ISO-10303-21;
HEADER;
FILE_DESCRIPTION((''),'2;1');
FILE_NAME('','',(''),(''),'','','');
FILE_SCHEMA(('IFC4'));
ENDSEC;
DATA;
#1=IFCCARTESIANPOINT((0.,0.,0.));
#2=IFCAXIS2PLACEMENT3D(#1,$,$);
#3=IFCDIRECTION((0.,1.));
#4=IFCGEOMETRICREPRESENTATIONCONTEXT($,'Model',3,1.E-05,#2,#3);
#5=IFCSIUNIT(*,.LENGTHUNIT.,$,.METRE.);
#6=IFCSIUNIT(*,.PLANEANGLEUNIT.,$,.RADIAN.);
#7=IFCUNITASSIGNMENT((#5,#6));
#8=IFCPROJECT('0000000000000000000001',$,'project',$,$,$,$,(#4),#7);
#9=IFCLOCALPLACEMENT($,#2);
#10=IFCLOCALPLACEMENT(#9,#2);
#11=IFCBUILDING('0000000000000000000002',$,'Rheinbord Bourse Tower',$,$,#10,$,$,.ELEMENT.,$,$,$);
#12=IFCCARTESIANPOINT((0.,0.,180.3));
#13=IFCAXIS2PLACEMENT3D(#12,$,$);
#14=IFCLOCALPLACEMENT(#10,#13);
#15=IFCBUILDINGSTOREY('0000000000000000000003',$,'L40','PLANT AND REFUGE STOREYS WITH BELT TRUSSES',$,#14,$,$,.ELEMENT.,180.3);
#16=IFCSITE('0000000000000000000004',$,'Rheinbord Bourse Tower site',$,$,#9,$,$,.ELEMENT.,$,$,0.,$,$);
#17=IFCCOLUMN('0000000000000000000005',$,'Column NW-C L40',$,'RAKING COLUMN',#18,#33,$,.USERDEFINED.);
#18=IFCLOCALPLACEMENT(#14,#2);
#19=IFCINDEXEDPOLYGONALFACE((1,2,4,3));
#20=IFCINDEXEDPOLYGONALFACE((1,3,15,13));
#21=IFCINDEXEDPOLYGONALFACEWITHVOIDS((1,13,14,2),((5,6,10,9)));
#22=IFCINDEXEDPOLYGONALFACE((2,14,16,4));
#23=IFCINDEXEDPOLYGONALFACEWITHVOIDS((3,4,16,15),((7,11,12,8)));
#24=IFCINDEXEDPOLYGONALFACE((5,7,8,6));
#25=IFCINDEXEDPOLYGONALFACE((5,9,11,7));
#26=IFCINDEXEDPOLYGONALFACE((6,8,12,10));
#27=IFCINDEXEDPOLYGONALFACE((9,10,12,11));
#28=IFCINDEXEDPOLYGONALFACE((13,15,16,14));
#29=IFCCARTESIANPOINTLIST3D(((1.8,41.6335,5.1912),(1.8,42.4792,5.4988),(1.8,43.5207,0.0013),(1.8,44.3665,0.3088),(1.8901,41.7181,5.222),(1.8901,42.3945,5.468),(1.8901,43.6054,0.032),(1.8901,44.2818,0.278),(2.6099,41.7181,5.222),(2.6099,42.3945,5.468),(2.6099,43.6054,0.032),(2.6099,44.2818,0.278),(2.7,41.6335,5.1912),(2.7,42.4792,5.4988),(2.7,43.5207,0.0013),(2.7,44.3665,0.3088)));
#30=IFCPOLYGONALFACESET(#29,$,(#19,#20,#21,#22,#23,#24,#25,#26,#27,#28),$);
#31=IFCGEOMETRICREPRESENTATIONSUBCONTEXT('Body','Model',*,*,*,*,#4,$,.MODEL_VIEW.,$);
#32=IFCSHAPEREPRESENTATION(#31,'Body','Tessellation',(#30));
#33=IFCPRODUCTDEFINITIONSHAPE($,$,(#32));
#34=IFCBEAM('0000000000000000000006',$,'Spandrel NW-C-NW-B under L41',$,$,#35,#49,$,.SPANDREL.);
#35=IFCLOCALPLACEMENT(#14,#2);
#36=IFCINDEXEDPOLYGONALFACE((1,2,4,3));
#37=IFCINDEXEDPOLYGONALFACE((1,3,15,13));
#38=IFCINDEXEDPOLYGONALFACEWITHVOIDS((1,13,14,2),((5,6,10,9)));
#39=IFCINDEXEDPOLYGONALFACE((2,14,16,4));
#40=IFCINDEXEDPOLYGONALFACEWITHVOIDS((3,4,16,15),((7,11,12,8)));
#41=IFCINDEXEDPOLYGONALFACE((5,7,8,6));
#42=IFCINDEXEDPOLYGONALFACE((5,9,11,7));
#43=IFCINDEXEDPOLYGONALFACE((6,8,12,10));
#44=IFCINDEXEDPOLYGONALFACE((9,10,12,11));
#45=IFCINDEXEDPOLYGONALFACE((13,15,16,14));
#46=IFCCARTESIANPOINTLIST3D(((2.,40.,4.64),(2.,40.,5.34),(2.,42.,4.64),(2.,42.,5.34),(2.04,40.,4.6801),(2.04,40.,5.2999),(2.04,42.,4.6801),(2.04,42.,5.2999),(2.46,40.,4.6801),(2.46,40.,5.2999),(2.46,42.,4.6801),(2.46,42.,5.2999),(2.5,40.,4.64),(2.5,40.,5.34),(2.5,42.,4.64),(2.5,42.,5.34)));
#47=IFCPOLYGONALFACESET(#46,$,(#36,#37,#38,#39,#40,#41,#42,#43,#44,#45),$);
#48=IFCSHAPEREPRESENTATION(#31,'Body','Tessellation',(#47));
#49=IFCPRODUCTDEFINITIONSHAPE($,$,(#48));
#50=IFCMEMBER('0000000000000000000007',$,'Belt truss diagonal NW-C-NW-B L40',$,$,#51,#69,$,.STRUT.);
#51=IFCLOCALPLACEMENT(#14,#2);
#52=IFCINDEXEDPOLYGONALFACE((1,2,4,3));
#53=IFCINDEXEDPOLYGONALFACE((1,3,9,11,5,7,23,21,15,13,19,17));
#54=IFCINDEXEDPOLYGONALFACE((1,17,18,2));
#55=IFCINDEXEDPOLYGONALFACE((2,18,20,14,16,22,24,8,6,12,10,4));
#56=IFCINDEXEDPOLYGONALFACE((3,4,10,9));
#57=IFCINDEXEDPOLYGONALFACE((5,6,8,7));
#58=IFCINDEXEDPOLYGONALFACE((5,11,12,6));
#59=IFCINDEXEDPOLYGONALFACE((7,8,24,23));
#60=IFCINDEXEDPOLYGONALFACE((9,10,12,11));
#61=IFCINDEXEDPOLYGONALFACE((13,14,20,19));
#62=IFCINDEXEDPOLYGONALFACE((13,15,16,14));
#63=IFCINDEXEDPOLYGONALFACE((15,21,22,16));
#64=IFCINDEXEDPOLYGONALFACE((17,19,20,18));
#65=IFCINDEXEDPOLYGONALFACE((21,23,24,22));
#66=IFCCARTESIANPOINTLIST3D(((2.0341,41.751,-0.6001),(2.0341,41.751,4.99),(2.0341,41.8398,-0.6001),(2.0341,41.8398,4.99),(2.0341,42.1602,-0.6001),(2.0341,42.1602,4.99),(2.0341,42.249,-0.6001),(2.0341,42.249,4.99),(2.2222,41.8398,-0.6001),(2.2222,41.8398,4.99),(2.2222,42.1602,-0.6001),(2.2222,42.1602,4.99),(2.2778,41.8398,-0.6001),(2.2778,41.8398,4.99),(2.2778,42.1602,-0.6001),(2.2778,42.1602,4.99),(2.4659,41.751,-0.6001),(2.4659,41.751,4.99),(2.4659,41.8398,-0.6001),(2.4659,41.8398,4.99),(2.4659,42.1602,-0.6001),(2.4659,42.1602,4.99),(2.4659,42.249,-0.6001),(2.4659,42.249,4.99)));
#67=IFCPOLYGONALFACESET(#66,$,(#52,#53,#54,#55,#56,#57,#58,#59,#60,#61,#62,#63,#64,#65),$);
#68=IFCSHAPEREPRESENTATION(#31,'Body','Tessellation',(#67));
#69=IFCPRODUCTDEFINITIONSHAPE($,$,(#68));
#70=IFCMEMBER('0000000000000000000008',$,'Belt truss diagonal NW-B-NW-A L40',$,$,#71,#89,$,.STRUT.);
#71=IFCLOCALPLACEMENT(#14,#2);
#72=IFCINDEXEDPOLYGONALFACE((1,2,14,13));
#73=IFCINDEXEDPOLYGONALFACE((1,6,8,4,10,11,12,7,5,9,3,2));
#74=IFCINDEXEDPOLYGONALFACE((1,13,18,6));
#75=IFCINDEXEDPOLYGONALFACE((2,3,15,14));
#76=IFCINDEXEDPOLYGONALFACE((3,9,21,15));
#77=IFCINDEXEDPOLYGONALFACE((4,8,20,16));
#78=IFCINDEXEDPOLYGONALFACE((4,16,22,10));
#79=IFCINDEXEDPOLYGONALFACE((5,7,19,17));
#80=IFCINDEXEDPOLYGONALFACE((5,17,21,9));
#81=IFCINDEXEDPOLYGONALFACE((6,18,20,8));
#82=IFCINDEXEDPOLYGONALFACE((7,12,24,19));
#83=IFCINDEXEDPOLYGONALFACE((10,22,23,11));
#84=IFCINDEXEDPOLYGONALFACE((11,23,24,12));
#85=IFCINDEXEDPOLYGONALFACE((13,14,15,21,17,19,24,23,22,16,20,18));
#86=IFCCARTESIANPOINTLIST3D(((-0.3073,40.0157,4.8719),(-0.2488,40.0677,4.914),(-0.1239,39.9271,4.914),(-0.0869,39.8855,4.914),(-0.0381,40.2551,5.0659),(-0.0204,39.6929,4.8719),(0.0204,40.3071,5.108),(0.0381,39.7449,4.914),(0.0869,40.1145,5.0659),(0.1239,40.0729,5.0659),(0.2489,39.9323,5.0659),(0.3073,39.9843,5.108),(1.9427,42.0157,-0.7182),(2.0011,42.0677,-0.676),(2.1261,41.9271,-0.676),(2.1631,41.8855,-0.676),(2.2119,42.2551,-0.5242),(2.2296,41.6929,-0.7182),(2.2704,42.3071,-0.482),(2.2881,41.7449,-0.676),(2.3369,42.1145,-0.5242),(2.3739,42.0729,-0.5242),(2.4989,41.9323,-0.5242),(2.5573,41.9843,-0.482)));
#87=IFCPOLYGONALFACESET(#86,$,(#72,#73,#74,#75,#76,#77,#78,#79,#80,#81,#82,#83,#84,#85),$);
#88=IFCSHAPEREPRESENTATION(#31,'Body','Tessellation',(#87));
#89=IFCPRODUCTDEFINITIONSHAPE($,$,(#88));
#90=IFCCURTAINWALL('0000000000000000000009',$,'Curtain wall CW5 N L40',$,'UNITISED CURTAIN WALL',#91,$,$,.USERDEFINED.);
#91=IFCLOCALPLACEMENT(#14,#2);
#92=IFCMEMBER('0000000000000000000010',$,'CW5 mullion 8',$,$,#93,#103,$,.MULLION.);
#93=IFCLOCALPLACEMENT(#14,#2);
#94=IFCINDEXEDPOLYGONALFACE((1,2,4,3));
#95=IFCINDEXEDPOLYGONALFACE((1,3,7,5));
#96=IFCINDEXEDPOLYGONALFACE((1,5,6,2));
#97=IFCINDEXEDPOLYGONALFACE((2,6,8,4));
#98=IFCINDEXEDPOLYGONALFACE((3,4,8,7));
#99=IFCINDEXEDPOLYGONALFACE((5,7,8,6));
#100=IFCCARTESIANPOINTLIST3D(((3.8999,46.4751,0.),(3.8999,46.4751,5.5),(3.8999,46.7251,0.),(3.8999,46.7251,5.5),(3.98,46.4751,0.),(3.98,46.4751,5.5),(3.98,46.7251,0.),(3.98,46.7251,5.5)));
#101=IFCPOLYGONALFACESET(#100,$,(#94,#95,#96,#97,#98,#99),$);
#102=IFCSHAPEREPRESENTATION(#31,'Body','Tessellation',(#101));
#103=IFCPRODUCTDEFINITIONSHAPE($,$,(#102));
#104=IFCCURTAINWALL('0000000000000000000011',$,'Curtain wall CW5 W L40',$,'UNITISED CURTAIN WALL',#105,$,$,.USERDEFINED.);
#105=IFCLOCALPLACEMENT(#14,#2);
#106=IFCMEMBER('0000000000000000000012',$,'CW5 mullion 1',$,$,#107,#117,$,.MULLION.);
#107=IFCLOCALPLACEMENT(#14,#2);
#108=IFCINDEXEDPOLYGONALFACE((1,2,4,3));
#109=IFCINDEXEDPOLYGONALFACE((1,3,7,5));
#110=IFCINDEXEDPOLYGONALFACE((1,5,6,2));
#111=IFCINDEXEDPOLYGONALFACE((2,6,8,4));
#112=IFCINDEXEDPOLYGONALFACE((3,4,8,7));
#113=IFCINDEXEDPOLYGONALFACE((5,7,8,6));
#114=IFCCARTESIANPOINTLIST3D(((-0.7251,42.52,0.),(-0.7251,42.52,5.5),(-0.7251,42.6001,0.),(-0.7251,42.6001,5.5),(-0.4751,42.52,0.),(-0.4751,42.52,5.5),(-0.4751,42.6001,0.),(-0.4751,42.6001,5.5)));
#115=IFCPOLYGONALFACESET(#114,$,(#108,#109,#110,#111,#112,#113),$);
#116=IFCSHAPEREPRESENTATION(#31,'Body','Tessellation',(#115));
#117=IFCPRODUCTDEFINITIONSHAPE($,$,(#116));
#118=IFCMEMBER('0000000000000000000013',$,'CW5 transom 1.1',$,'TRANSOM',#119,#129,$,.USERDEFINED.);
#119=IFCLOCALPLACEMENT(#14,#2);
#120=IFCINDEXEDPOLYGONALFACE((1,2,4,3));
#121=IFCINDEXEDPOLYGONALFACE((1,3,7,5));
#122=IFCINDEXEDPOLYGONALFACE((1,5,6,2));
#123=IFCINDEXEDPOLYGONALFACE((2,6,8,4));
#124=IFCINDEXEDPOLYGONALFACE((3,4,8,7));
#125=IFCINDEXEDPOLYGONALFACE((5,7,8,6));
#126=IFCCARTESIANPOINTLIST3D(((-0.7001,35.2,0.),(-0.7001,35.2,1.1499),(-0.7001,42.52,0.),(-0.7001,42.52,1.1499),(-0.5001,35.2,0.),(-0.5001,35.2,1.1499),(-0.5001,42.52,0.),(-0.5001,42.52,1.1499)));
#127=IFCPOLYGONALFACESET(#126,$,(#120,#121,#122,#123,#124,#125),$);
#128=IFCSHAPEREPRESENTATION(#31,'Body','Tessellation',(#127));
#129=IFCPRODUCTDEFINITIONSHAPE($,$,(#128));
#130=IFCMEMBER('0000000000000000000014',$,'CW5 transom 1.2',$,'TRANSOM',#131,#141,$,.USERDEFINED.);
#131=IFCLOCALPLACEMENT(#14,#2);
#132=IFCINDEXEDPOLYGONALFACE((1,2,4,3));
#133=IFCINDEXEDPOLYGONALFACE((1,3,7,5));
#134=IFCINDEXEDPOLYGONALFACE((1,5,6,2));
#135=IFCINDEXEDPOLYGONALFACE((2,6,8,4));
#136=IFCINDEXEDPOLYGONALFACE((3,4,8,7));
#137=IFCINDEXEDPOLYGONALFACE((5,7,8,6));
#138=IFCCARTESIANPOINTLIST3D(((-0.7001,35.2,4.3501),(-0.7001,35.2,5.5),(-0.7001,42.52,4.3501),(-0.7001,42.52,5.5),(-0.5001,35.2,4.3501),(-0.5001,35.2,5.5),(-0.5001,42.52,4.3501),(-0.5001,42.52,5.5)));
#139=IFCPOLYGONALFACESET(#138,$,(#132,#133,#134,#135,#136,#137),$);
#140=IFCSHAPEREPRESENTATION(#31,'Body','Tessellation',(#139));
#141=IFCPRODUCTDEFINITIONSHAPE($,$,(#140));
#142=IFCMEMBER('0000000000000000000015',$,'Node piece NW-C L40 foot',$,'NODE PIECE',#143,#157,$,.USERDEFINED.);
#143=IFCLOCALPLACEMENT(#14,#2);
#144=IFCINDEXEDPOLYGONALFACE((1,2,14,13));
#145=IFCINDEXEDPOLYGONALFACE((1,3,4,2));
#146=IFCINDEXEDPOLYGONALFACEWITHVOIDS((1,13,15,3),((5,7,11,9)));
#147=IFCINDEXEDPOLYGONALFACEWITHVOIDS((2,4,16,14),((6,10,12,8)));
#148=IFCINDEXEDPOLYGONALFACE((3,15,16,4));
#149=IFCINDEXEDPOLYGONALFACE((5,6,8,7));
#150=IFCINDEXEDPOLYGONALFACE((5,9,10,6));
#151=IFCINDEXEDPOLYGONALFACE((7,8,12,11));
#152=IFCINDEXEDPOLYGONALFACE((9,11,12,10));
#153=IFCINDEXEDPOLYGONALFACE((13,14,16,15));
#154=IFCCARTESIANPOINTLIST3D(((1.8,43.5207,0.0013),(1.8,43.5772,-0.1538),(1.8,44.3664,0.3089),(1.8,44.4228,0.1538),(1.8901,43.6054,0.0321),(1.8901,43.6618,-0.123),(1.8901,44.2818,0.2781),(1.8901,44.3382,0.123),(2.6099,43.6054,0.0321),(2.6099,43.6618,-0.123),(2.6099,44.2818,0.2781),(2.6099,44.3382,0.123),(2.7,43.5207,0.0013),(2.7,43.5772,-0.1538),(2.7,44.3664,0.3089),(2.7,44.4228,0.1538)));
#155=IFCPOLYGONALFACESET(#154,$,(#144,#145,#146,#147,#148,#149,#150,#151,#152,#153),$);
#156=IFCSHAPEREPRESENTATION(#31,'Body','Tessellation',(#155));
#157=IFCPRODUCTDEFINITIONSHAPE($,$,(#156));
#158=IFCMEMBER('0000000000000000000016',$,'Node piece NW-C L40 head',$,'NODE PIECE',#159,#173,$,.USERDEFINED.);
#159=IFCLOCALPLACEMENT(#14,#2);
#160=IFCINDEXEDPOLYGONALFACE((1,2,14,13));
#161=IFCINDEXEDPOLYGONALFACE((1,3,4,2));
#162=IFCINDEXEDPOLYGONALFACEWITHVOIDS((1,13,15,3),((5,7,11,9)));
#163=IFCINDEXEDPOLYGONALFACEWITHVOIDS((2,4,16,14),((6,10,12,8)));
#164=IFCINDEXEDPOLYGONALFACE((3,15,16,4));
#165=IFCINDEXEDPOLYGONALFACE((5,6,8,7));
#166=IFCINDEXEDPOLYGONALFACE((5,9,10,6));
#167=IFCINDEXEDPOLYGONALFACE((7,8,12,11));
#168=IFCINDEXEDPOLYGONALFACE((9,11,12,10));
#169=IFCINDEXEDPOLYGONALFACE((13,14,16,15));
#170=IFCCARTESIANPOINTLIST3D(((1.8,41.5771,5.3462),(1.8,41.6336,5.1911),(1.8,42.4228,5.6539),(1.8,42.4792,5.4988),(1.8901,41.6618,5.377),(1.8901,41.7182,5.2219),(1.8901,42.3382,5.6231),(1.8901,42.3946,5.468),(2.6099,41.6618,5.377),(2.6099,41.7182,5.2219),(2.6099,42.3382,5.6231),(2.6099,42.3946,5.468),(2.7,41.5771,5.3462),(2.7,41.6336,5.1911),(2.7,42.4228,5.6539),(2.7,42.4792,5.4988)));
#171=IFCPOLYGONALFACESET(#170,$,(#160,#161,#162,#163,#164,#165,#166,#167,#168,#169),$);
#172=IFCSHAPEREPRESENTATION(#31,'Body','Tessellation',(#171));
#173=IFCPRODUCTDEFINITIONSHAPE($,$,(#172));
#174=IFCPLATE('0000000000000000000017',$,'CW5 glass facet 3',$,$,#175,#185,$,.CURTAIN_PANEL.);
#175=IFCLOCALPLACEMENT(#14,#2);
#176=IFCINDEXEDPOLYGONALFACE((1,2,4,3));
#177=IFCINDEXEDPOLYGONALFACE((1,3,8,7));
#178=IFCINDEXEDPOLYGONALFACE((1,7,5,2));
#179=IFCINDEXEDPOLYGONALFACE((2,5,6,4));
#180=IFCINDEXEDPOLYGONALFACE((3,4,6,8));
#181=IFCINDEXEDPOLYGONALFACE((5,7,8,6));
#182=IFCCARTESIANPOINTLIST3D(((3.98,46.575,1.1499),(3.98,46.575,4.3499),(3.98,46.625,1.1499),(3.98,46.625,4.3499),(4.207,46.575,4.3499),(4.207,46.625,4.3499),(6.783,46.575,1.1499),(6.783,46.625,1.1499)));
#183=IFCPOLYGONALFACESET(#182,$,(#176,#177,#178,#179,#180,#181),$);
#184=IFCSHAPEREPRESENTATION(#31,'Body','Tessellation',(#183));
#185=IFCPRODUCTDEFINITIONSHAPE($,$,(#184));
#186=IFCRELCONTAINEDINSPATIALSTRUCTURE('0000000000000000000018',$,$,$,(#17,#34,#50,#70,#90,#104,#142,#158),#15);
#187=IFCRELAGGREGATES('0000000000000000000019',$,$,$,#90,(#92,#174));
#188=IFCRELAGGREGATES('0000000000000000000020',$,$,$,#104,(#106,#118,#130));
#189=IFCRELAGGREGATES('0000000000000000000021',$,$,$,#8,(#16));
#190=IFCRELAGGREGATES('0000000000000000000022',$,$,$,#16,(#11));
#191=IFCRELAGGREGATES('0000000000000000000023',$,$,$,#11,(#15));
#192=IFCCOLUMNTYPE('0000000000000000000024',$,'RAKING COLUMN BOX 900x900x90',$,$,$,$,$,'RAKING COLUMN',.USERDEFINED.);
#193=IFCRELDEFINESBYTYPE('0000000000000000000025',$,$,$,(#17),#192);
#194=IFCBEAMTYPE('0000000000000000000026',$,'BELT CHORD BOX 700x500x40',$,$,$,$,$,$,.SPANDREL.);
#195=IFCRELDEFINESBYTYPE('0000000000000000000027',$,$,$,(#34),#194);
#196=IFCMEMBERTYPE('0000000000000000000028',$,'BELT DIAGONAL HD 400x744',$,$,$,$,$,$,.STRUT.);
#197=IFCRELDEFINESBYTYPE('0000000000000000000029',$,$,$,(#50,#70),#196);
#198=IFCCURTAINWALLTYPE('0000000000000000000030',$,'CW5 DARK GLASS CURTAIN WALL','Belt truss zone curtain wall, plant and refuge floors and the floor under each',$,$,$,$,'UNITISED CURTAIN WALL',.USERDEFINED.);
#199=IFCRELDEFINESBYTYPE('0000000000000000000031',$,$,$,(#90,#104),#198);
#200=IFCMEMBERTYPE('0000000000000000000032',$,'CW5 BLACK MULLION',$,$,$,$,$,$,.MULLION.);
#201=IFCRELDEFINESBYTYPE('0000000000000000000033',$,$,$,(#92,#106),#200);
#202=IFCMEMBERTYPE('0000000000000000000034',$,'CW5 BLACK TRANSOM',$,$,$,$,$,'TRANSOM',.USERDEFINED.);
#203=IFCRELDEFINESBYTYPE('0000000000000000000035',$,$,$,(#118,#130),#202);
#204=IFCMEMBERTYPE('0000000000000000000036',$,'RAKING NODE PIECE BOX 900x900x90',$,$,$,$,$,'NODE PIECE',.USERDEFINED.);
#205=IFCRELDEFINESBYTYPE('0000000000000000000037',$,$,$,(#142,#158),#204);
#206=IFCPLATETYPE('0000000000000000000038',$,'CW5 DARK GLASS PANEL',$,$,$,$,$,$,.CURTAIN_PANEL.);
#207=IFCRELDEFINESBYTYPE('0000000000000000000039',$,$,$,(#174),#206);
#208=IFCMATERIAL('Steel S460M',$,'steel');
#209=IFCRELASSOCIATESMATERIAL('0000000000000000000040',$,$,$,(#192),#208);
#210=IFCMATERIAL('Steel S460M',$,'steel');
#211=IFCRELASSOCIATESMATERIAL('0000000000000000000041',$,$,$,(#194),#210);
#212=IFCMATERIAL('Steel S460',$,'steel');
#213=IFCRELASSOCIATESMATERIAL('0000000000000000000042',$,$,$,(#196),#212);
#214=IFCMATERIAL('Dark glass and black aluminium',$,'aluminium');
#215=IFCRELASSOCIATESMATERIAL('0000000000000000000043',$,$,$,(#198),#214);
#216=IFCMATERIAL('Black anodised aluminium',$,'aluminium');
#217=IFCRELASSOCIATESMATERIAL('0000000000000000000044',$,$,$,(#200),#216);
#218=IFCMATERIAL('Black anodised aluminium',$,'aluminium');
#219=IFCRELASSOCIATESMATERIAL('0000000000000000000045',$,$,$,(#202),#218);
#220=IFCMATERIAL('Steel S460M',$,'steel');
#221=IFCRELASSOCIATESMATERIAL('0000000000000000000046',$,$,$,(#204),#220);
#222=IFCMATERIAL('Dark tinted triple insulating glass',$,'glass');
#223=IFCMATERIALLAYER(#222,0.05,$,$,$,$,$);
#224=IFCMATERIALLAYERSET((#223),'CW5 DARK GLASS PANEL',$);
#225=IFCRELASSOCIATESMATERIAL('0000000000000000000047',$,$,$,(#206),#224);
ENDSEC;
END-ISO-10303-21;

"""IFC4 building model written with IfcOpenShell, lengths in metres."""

from ifc_helpers import new_model, si_unit, direction, frame, origin, origin_2d, place, context, subcontext, project, spatial, polyline, rectangle, hollow_rectangle, i_section, outline, extrude, material, layer, layer_set, material_profile, profile_set, type_object, element, aggregate, save


model = new_model("IFC4")

# Units and contexts
model_context = context("Model", 3, precision=1e-05, world=origin(), true_north=direction((0.0, 1.0)))
body_context = subcontext(model_context, "Body", "Model", "MODEL_VIEW")
ifc_project = project(units=[si_unit("LENGTHUNIT", "METRE"), si_unit("PLANEANGLEUNIT", "RADIAN")], contexts=[model_context])

# Site, building, storey
site_placement = place(None, origin())
site = spatial("IfcSite", under=ifc_project, at=site_placement, Name="Rheinbord Bourse Tower site", CompositionType="ELEMENT", RefElevation=0.0)
building_placement = place(site_placement, origin())
building = spatial("IfcBuilding", under=site, at=building_placement, Name="Rheinbord Bourse Tower", CompositionType="ELEMENT")
storey_placement = place(building_placement, frame((0.0, 0.0, 180.3)))
storey = spatial("IfcBuildingStorey", under=building, at=storey_placement, Name="L40", Description="PLANT AND REFUGE STOREYS WITH BELT TRUSSES", CompositionType="ELEMENT", Elevation=180.3)

# Column
ifc_material_1 = material(Name="Steel S460M", Category="steel")
ifc_material_profile_1 = material_profile(ifc_material_1, hollow_rectangle(XDim=0.8999, YDim=0.8999, WallThickness=0.0901, at=origin_2d()), Name="BOX 900x900x90")
ifc_profile_set_1 = profile_set([ifc_material_profile_1], Name="Steel S460M")
column_type = type_object("IfcColumnType", Name="RAKING COLUMN BOX 900x900x90", ElementType="RAKING COLUMN", PredefinedType="USERDEFINED", material=ifc_profile_set_1)
column_placement = place(storey_placement, frame((2.25, 43.9436, 0.155), z_axis=(0.0, -0.341743, 0.939793), x_axis=(1.0, 0.0, 0.0)))
element("IfcColumn", 1, at=column_placement, inside=storey, type_object=column_type, Name="Column NW-C L40", ObjectType="RAKING COLUMN", PredefinedType="USERDEFINED", context=body_context, shape_type="SweptSolid", body=[
    extrude(hollow_rectangle(XDim=0.8999, YDim=0.8999, WallThickness=0.0901, at=origin_2d()), origin(), (0.0, 0.0, 1.0), 5.5225),
])

# Beam
ifc_material_2 = material(Name="Steel S460M", Category="steel")
ifc_material_profile_2 = material_profile(ifc_material_2, hollow_rectangle(XDim=0.5, YDim=0.7, WallThickness=0.04, at=origin_2d()), Name="BOX 700x500x40")
ifc_profile_set_2 = profile_set([ifc_material_profile_2], Name="Steel S460M")
beam_type = type_object("IfcBeamType", Name="BELT CHORD BOX 700x500x40", PredefinedType="SPANDREL", material=ifc_profile_set_2)
beam_placement = place(storey_placement, frame((2.25, 42.0, 4.99), z_axis=(0.0, -1.0, 0.0), x_axis=(1.0, 0.0, 0.0)))
element("IfcBeam", 2, at=beam_placement, inside=storey, type_object=beam_type, Name="Spandrel NW-C-NW-B under L41", PredefinedType="SPANDREL", context=body_context, shape_type="SweptSolid", body=[
    extrude(hollow_rectangle(XDim=0.5, YDim=0.7, WallThickness=0.04, at=origin_2d()), origin(), (0.0, 0.0, 1.0), 2.0),
])

# Members
ifc_material_3 = material(Name="Steel S460", Category="steel")
ifc_material_profile_3 = material_profile(ifc_material_3, i_section(OverallWidth=0.4319, OverallDepth=0.498, WebThickness=0.0557, FlangeThickness=0.0889, at=origin_2d()), Name="HD 400x744")
ifc_profile_set_3 = profile_set([ifc_material_profile_3], Name="Steel S460")
member_type_1 = type_object("IfcMemberType", Name="BELT DIAGONAL HD 400x744", PredefinedType="STRUT", material=ifc_profile_set_3)
member_1_placement = place(storey_placement, frame((2.25, 42.0, -0.6001), z_axis=(0.0, 0.0, 1.0), x_axis=(1.0, 0.0, 0.0)))
element("IfcMember", 3, at=member_1_placement, inside=storey, type_object=member_type_1, Name="Belt truss diagonal NW-C-NW-B L40", PredefinedType="STRUT", context=body_context, shape_type="SweptSolid", body=[
    extrude(i_section(OverallWidth=0.4319, OverallDepth=0.498, WebThickness=0.0557, FlangeThickness=0.0889, at=origin_2d()), origin(), (0.0, 0.0, 1.0), 5.5901),
])
member_2_placement = place(storey_placement, frame((2.25, 42.0, -0.6001), z_axis=(-0.354379, -0.315003, 0.880448), x_axis=(0.664364, -0.747409, 0.0)))
element("IfcMember", 4, at=member_2_placement, inside=storey, type_object=member_type_1, Name="Belt truss diagonal NW-B-NW-A L40", PredefinedType="STRUT", context=body_context, shape_type="SweptSolid", body=[
    extrude(i_section(OverallWidth=0.4319, OverallDepth=0.498, WebThickness=0.0557, FlangeThickness=0.0889, at=origin_2d()), origin(), (0.0, 0.0, 1.0), 6.3491),
])

# Curtain wall, member
ifc_material_4 = material(Name="Dark glass and black aluminium", Category="aluminium")
curtain_wall_type = type_object("IfcCurtainWallType", Name="CW5 DARK GLASS CURTAIN WALL", Description="Belt truss zone curtain wall, plant and refuge floors and the floor under each", ElementType="UNITISED CURTAIN WALL", PredefinedType="USERDEFINED", material=ifc_material_4)
curtain_wall_1_placement = place(storey_placement, origin())
curtain_wall_1 = element("IfcCurtainWall", 5, at=curtain_wall_1_placement, inside=storey, type_object=curtain_wall_type, Name="Curtain wall CW5 N L40", ObjectType="UNITISED CURTAIN WALL", PredefinedType="USERDEFINED")
ifc_material_5 = material(Name="Black anodised aluminium", Category="aluminium")
ifc_material_profile_4 = material_profile(ifc_material_5, rectangle(XDim=0.25, YDim=0.0801, at=origin_2d()), Name="CW5 MULLION 80x250")
ifc_profile_set_4 = profile_set([ifc_material_profile_4], Name="Black anodised aluminium")
member_type_2 = type_object("IfcMemberType", Name="CW5 BLACK MULLION", PredefinedType="MULLION", material=ifc_profile_set_4)
member_3_placement = place(storey_placement, frame((3.9399, 46.6001, 0.0), z_axis=(0.0, 0.0, 1.0), x_axis=(0.0, -1.0, 0.0)))
member_3 = element("IfcMember", 6, at=member_3_placement, type_object=member_type_2, Name="CW5 mullion 8", PredefinedType="MULLION", context=body_context, shape_type="SweptSolid", body=[
    extrude(rectangle(XDim=0.25, YDim=0.0801, at=origin_2d()), origin(), (0.0, 0.0, 1.0), 5.5),
])

# Curtain wall, members
curtain_wall_2_placement = place(storey_placement, origin())
curtain_wall_2 = element("IfcCurtainWall", 7, at=curtain_wall_2_placement, inside=storey, type_object=curtain_wall_type, Name="Curtain wall CW5 W L40", ObjectType="UNITISED CURTAIN WALL", PredefinedType="USERDEFINED")
member_4_placement = place(storey_placement, frame((-0.6001, 42.5601, 0.0), z_axis=(0.0, 0.0, 1.0), x_axis=(1.0, 0.0, 0.0)))
member_4 = element("IfcMember", 8, at=member_4_placement, type_object=member_type_2, Name="CW5 mullion 1", PredefinedType="MULLION", context=body_context, shape_type="SweptSolid", body=[
    extrude(rectangle(XDim=0.25, YDim=0.0801, at=origin_2d()), origin(), (0.0, 0.0, 1.0), 5.5),
])
ifc_material_6 = material(Name="Black anodised aluminium", Category="aluminium")
ifc_material_profile_5 = material_profile(ifc_material_6, rectangle(XDim=0.2, YDim=1.1499, at=origin_2d()), Name="CW5 TRANSOM 1150x200")
ifc_profile_set_5 = profile_set([ifc_material_profile_5], Name="Black anodised aluminium")
member_type_3 = type_object("IfcMemberType", Name="CW5 BLACK TRANSOM", ElementType="TRANSOM", PredefinedType="USERDEFINED", material=ifc_profile_set_5)
member_5_placement = place(storey_placement, frame((-0.6001, 42.52, 0.575), z_axis=(0.0, -1.0, 0.0), x_axis=(1.0, 0.0, 0.0)))
member_5 = element("IfcMember", 9, at=member_5_placement, type_object=member_type_3, Name="CW5 transom 1.1", ObjectType="TRANSOM", PredefinedType="USERDEFINED", context=body_context, shape_type="SweptSolid", body=[
    extrude(rectangle(XDim=0.2, YDim=1.1499, at=origin_2d()), origin(), (0.0, 0.0, 1.0), 7.3201),
])
member_6_placement = place(storey_placement, frame((-0.6001, 42.52, 4.925), z_axis=(0.0, -1.0, 0.0), x_axis=(1.0, 0.0, 0.0)))
member_6 = element("IfcMember", 10, at=member_6_placement, type_object=member_type_3, Name="CW5 transom 1.2", ObjectType="TRANSOM", PredefinedType="USERDEFINED", context=body_context, shape_type="SweptSolid", body=[
    extrude(rectangle(XDim=0.2, YDim=1.1499, at=origin_2d()), origin(), (0.0, 0.0, 1.0), 7.3201),
])

# Members
ifc_material_7 = material(Name="Steel S460M", Category="steel")
ifc_material_profile_6 = material_profile(ifc_material_7, hollow_rectangle(XDim=0.8999, YDim=0.8999, WallThickness=0.0901, at=origin_2d()), Name="BOX 900x900x90")
ifc_profile_set_6 = profile_set([ifc_material_profile_6], Name="Steel S460M")
member_type_4 = type_object("IfcMemberType", Name="RAKING NODE PIECE BOX 900x900x90", ElementType="NODE PIECE", PredefinedType="USERDEFINED", material=ifc_profile_set_6)
for number, where, z_axis, x_axis, name in (
    (11, (2.25, 44.0, 0.0), (0.0, -0.341862, 0.93975), (1.0, 0.0, 0.0), "Node piece NW-C L40 foot"),
    (12, (2.25, 42.0564, 5.345), (0.0, -0.341862, 0.93975), (1.0, 0.0, 0.0), "Node piece NW-C L40 head"),
):
    element("IfcMember", number, at=place(storey_placement, frame(where, z_axis=z_axis, x_axis=x_axis)), inside=storey, type_object=member_type_4, Name=name, ObjectType="NODE PIECE", PredefinedType="USERDEFINED", context=body_context, shape_type="SweptSolid", body=[
        extrude(hollow_rectangle(XDim=0.8999, YDim=0.8999, WallThickness=0.0901, at=origin_2d()), origin(), (0.0, 0.0, 1.0), 0.165),
    ])

# Plate
ifc_material_8 = material(Name="Dark tinted triple insulating glass", Category="glass")
ifc_layer_1 = layer(ifc_material_8, 0.05)
ifc_layer_set_1 = layer_set([ifc_layer_1], Name="CW5 DARK GLASS PANEL")
plate_type = type_object("IfcPlateType", Name="CW5 DARK GLASS PANEL", PredefinedType="CURTAIN_PANEL", material=ifc_layer_set_1)
plate_1_placement = place(storey_placement, frame((3.98, 46.625, 4.3499), z_axis=(0.0, -1.0, 0.0), x_axis=(0.0, 0.0, -1.0)))
plate_1 = element("IfcPlate", 13, at=plate_1_placement, type_object=plate_type, Name="CW5 glass facet 3", PredefinedType="CURTAIN_PANEL", context=body_context, shape_type="SweptSolid", body=[
    extrude(outline(polyline([(0.0, 0.0), (3.2, 0.0), (3.2, 2.803), (0.0, 0.2271), (0.0, 0.0)])), origin(), (0.0, 0.0, 1.0), 0.05),
])
aggregate(curtain_wall_1, [member_3, plate_1])
aggregate(curtain_wall_2, [member_4, member_5, member_6])

save(model, "model.ifc")
